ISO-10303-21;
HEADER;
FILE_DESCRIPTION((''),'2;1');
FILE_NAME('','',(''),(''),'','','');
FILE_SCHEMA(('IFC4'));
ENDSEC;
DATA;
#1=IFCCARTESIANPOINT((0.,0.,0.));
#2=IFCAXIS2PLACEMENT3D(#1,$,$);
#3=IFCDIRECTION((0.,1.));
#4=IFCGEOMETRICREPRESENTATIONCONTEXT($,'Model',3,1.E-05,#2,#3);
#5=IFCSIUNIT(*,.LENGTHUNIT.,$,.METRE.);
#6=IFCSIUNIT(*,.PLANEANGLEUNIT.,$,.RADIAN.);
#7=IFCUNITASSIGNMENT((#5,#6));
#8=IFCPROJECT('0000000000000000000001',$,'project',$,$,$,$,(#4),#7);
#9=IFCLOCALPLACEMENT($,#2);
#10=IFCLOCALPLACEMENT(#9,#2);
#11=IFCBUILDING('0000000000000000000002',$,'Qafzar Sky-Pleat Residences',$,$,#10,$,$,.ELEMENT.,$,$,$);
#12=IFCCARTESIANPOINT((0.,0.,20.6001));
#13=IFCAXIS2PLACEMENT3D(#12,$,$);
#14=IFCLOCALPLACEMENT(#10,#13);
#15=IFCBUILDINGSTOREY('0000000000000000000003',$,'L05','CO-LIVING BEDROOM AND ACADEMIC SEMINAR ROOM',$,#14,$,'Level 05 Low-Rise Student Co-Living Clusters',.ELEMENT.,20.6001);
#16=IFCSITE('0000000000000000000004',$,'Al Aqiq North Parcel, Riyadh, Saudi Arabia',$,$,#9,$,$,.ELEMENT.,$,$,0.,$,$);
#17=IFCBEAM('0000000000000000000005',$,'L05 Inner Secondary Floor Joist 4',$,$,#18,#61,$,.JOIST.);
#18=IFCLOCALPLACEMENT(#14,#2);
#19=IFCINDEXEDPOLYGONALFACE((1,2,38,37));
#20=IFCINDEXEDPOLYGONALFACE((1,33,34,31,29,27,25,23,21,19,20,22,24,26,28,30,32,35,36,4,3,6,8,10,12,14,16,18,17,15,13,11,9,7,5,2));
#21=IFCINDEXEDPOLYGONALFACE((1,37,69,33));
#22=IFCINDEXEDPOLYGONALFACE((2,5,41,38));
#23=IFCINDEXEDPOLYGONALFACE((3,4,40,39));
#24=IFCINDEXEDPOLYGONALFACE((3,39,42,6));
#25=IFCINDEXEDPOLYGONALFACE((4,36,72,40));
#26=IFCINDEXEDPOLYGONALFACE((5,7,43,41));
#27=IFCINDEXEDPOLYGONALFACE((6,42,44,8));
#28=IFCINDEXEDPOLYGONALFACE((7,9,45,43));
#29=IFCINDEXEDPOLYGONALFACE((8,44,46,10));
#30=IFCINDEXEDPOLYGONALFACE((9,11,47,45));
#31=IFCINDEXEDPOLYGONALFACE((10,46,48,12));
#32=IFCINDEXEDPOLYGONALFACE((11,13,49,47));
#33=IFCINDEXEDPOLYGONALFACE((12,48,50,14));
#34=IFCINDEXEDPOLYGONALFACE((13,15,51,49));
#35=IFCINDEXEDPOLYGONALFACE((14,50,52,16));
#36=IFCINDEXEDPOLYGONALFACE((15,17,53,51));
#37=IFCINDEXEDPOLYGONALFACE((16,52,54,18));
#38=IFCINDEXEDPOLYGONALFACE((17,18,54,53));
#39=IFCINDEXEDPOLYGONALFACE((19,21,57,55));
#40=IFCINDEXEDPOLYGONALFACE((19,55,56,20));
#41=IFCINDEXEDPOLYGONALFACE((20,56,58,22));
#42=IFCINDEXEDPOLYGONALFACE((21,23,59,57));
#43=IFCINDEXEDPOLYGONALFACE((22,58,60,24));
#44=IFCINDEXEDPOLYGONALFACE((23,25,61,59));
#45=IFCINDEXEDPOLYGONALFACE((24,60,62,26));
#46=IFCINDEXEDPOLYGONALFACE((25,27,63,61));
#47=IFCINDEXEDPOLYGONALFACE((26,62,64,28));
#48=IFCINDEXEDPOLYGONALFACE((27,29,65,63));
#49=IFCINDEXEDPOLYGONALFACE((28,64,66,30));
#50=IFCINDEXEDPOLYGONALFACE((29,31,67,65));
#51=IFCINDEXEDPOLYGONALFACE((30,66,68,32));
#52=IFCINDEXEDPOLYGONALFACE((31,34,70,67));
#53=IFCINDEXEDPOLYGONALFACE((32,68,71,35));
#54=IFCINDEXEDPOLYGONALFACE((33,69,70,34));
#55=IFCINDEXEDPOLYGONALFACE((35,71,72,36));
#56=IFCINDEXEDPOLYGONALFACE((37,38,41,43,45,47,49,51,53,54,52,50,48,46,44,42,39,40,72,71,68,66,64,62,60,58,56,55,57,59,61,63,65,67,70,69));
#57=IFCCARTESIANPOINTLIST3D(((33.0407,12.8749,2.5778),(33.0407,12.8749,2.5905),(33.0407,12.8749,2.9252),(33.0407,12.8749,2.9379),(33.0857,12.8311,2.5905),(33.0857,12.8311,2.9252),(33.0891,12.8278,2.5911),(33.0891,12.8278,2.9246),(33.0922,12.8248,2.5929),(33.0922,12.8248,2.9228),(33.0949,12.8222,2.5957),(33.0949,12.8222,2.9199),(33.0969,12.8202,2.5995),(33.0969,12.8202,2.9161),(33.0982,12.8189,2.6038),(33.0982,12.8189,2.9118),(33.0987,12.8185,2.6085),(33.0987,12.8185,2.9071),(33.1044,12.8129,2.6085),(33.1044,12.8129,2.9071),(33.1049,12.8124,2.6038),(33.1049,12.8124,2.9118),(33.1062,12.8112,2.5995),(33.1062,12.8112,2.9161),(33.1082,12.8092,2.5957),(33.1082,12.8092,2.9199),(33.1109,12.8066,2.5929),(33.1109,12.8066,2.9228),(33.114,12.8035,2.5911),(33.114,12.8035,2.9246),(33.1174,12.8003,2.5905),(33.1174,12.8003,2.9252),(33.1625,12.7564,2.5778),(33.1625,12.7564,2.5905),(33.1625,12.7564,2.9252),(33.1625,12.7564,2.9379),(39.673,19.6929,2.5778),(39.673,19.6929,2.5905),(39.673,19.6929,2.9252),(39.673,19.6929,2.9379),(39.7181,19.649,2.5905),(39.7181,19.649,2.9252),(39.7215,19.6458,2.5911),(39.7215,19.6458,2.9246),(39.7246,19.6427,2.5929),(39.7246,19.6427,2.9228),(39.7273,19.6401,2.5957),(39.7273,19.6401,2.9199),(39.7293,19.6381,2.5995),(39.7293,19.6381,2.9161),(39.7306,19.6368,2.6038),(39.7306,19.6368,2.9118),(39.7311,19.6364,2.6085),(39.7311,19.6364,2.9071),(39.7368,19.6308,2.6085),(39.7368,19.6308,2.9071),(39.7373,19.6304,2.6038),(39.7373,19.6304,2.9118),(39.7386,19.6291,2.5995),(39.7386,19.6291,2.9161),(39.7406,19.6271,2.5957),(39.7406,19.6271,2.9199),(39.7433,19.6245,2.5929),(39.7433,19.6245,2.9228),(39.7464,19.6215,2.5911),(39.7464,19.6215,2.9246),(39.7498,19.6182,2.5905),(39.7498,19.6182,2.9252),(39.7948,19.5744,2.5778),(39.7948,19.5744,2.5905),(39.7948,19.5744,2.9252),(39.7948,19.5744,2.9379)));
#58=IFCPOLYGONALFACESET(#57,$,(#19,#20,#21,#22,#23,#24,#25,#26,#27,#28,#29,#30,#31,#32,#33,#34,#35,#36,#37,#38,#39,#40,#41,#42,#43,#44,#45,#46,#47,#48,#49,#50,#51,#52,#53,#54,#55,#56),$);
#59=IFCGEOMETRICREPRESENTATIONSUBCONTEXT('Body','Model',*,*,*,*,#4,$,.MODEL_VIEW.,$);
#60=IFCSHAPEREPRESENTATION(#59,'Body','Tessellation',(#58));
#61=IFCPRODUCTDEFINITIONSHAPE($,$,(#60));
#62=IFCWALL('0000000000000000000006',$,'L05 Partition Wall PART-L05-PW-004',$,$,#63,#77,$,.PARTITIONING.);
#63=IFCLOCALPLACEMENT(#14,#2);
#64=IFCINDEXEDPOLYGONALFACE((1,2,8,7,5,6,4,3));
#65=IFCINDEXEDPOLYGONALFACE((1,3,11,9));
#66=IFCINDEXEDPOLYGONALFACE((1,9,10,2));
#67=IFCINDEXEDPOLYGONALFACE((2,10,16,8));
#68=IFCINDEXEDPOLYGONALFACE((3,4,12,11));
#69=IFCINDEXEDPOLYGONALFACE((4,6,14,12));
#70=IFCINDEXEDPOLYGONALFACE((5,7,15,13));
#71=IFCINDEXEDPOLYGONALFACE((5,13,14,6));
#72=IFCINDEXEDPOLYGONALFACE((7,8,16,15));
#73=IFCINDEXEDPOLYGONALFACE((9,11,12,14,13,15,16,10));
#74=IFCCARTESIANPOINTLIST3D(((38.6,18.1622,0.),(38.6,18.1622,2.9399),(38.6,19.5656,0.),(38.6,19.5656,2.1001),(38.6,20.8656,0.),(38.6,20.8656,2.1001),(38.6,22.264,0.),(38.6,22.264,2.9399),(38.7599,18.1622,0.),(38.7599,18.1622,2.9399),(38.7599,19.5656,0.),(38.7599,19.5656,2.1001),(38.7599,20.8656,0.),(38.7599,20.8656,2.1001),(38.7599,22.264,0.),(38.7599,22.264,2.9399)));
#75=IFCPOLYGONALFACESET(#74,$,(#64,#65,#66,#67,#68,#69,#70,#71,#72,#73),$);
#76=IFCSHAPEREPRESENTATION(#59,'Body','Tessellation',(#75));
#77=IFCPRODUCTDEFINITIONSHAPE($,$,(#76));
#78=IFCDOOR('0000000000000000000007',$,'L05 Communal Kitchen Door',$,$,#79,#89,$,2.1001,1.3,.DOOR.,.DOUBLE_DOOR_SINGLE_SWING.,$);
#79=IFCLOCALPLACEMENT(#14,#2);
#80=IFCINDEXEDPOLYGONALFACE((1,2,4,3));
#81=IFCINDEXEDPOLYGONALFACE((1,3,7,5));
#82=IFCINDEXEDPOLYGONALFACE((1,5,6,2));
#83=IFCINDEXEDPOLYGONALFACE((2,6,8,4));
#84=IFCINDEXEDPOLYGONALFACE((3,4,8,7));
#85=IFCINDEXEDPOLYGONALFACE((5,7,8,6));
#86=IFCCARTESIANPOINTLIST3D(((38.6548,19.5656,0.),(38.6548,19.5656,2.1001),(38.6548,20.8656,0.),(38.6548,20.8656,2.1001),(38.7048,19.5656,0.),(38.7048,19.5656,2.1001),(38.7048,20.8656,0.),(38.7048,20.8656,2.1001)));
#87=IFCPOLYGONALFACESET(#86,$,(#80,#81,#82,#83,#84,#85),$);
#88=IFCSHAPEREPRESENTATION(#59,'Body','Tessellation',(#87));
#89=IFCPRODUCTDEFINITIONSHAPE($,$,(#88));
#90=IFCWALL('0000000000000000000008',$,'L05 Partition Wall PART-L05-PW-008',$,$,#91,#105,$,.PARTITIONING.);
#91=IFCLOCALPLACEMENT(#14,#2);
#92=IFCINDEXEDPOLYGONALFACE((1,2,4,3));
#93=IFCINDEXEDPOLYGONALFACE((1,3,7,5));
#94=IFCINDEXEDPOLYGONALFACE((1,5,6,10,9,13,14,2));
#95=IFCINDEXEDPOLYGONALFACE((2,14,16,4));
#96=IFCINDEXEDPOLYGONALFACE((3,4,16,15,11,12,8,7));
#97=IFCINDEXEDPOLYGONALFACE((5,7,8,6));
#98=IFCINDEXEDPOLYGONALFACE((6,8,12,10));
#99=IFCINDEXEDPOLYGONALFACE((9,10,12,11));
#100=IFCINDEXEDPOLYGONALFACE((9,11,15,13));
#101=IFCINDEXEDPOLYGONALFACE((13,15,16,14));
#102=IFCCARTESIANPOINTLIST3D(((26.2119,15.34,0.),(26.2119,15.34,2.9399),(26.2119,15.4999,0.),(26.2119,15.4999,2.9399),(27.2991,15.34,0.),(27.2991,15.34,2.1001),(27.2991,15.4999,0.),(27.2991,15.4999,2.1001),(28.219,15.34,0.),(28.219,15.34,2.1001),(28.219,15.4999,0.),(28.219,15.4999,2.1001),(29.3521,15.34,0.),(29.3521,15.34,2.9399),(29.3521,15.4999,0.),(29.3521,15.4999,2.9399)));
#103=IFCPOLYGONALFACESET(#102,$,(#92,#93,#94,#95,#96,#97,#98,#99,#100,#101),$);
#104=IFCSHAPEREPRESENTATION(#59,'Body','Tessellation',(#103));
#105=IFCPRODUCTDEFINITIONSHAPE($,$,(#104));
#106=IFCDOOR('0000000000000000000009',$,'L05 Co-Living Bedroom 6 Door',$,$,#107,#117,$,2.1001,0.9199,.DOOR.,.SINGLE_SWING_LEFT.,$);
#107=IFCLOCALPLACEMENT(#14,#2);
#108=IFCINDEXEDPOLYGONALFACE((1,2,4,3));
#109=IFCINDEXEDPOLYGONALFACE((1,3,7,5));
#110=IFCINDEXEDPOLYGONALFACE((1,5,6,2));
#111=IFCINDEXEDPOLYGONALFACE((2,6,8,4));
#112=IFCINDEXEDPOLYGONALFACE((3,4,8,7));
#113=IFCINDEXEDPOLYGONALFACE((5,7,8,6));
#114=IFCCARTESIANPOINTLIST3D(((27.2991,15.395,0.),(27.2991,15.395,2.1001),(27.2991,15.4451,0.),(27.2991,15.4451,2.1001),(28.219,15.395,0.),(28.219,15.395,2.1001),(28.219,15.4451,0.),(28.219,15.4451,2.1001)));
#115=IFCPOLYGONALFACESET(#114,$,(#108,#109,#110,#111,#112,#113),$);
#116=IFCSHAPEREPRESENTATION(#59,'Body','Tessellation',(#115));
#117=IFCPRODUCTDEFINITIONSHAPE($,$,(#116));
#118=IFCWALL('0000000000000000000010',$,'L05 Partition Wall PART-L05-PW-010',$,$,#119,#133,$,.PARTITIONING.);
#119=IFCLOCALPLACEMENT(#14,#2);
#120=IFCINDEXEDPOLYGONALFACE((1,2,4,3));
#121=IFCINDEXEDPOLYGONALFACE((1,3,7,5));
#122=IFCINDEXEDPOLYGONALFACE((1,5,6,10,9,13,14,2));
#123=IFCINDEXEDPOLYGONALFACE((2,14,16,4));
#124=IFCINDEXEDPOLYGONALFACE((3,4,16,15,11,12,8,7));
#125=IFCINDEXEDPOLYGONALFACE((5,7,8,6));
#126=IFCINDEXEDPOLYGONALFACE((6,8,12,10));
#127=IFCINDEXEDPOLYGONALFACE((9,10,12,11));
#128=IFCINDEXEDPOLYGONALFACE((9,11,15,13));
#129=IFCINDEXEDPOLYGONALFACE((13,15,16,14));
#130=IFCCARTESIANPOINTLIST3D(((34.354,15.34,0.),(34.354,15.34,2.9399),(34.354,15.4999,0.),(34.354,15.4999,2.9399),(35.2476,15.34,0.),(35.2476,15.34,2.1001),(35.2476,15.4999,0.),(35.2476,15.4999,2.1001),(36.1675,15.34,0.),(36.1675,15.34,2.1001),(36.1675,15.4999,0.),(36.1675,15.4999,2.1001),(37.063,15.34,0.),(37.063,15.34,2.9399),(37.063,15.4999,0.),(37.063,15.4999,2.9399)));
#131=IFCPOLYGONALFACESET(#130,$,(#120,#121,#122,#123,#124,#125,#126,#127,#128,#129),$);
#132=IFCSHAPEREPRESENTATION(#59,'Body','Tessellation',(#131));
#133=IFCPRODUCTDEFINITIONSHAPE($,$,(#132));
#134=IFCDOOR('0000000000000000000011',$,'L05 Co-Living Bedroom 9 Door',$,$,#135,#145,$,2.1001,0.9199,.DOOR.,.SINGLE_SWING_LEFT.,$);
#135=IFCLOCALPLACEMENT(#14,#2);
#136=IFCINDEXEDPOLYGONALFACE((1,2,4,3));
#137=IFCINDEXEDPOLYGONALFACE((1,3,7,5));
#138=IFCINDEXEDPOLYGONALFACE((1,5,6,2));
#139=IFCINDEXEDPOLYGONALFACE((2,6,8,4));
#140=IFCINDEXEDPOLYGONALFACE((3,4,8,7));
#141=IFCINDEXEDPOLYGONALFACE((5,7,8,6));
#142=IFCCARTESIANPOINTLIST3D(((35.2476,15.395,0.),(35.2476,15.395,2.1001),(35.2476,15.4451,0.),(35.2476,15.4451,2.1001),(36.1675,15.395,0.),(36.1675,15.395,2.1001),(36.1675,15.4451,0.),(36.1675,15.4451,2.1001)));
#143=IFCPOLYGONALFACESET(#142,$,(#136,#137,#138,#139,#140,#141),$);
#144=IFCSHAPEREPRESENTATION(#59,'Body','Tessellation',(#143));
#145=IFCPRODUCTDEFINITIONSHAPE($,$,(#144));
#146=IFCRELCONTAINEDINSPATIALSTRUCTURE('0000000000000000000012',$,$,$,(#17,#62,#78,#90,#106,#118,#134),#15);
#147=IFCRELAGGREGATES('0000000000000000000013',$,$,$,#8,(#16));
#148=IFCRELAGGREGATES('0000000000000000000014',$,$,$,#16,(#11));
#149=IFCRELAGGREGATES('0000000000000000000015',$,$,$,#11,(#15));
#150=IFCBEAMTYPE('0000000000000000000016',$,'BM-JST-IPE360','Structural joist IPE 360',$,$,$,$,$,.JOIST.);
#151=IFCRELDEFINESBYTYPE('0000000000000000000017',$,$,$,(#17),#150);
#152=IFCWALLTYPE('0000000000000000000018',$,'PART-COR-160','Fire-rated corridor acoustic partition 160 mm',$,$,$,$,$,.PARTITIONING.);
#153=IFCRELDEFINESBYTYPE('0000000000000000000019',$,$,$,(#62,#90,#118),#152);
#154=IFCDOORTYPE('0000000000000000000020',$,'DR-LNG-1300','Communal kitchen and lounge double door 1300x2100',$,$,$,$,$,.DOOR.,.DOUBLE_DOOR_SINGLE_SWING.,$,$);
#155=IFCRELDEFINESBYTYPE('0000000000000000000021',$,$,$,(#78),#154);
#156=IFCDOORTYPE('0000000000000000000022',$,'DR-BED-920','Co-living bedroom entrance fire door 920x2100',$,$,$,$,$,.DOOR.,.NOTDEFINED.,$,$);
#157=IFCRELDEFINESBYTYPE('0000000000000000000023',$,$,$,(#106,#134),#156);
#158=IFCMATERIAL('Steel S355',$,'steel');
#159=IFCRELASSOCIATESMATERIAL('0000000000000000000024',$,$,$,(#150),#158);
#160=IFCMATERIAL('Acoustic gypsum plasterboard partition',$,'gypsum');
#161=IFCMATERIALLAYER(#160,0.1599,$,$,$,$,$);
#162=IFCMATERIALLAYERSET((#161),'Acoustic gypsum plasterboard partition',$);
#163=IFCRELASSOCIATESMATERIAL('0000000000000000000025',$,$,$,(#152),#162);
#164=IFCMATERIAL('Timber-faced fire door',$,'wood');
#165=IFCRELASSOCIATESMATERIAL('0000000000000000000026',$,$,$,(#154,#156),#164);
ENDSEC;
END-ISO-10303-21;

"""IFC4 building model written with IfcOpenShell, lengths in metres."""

from ifc_helpers import new_model, si_unit, direction, frame, frame_2d, origin, origin_2d, place, context, subcontext, project, spatial, rectangle, i_section, extrude, source, transform, mapped, material, layer, layer_set, material_profile, profile_set, type_object, element, fill, save


model = new_model("IFC4")

# Units and contexts
model_context = context("Model", 3, precision=1e-05, world=origin(), true_north=direction((0.0, 1.0)))
body_context = subcontext(model_context, "Body", "Model", "MODEL_VIEW")
ifc_project = project(units=[si_unit("LENGTHUNIT", "METRE"), si_unit("PLANEANGLEUNIT", "RADIAN")], contexts=[model_context])

# Site, building, storey
site_placement = place(None, origin())
site = spatial("IfcSite", under=ifc_project, at=site_placement, Name="Al Aqiq North Parcel, Riyadh, Saudi Arabia", CompositionType="ELEMENT", RefElevation=0.0)
building_placement = place(site_placement, origin())
building = spatial("IfcBuilding", under=site, at=building_placement, Name="Qafzar Sky-Pleat Residences", CompositionType="ELEMENT")
storey_placement = place(building_placement, frame((0.0, 0.0, 20.6001)))
storey = spatial("IfcBuildingStorey", under=building, at=storey_placement, Name="L05", Description="CO-LIVING BEDROOM AND ACADEMIC SEMINAR ROOM", LongName="Level 05 Low-Rise Student Co-Living Clusters", CompositionType="ELEMENT", Elevation=20.6001)

# Beam
ifc_material_1 = material(Name="Steel S355", Category="steel")
ifc_material_profile = material_profile(ifc_material_1, i_section(OverallWidth=0.1699, OverallDepth=0.3601, WebThickness=0.0081, FlangeThickness=0.0127, FilletRadius=0.0181, at=origin_2d()), Name="IPE 360")
ifc_profile_set = profile_set([ifc_material_profile], Name="Steel S355")
beam_type = type_object("IfcBeamType", Name="BM-JST-IPE360", Description="Structural joist IPE 360", PredefinedType="JOIST", material=ifc_profile_set)
shared_shape_1 = source(origin(), body_context, "Body", "SweptSolid", [
    extrude(i_section(OverallWidth=0.1699, OverallDepth=0.3601, WebThickness=0.0081, FlangeThickness=0.0127, FilletRadius=0.0181, at=origin_2d()), origin(), (0.0, 0.0, 1.0), 9.5117),
])
beam_placement = place(storey_placement, frame((33.1016, 12.8157, 2.7578), z_axis=(0.697286, 0.716793, 0.0), x_axis=(-0.716793, 0.697286, 0.0)))
element("IfcBeam", 1, at=beam_placement, inside=storey, type_object=beam_type, Name="L05 Inner Secondary Floor Joist 4", PredefinedType="JOIST", context=body_context, shape_type="MappedRepresentation", body=[
    mapped(shared_shape_1, transform((0.0, 0.0, 0.0), x_axis=(1.0, 0.0, 0.0), y_axis=(0.0, 1.0, 0.0), z_axis=(0.0, 0.0, 1.0), scale=1.0)),
])

# Walls, openings, doors
ifc_material_2 = material(Name="Acoustic gypsum plasterboard partition", Category="gypsum")
ifc_layer_1 = layer(ifc_material_2, 0.1599)
ifc_layer_set_1 = layer_set([ifc_layer_1], Name="Acoustic gypsum plasterboard partition")
wall_type_1 = type_object("IfcWallType", Name="PART-COR-160", Description="Fire-rated corridor acoustic partition 160 mm", PredefinedType="PARTITIONING", material=ifc_layer_set_1)
wall_1_placement = place(storey_placement, frame((38.6799, 22.2639, 0.0), z_axis=(0.0, 0.0, 1.0), x_axis=(0.0, -1.0, 0.0)))
wall_1 = element("IfcWall", 2, at=wall_1_placement, inside=storey, type_object=wall_type_1, Name="L05 Partition Wall PART-L05-PW-004", PredefinedType="PARTITIONING", context=body_context, shape_type="SweptSolid", body=[
    extrude(rectangle(XDim=4.1018, YDim=0.1599, at=frame_2d((2.0508, 0.0))), origin(), (0.0, 0.0, 1.0), 2.9399),
])
opening_1_placement = place(wall_1_placement, frame((1.3984, 0.0, 0.0)))
opening_1 = element("IfcOpeningElement", 3, at=opening_1_placement, cuts=wall_1, PredefinedType="OPENING", context=body_context, shape_type="SweptSolid", body=[
    extrude(rectangle(XDim=1.3, YDim=2.1001, at=frame_2d((0.6499, 1.05))), frame((0.0, 0.0898, 0.0), z_axis=(0.0, -1.0, 0.0), x_axis=(1.0, 0.0, 0.0)), (0.0, 0.0, 1.0), 0.1799),
])
ifc_material_3 = material(Name="Timber-faced fire door", Category="wood")
door_type_1 = type_object("IfcDoorType", Name="DR-LNG-1300", Description="Communal kitchen and lounge double door 1300x2100", OperationType="DOUBLE_DOOR_SINGLE_SWING", PredefinedType="DOOR", material=ifc_material_3)
shared_shape_2 = source(origin(), body_context, "Body", "SweptSolid", [
    extrude(rectangle(XDim=1.3, YDim=2.1001, at=frame_2d((0.6499, 1.05))), frame((0.0, 0.0249, 0.0), z_axis=(0.0, -1.0, 0.0), x_axis=(1.0, 0.0, 0.0)), (0.0, 0.0, 1.0), 0.05),
])
door_1_placement = place(opening_1_placement, origin())
door_1 = element("IfcDoor", 4, at=door_1_placement, inside=storey, type_object=door_type_1, Name="L05 Communal Kitchen Door", OperationType="DOUBLE_DOOR_SINGLE_SWING", OverallHeight=2.1001, OverallWidth=1.3, PredefinedType="DOOR", context=body_context, shape_type="MappedRepresentation", body=[
    mapped(shared_shape_2, transform((0.0, 0.0, 0.0), x_axis=(1.0, 0.0, 0.0), y_axis=(0.0, 1.0, 0.0), z_axis=(0.0, 0.0, 1.0), scale=1.0)),
])
fill(opening_1, door_1)
wall_2_placement = place(storey_placement, frame((29.3521, 15.4199, 0.0), z_axis=(0.0, 0.0, 1.0), x_axis=(-1.0, 0.0, 0.0)))
wall_2 = element("IfcWall", 5, at=wall_2_placement, inside=storey, type_object=wall_type_1, Name="L05 Partition Wall PART-L05-PW-008", PredefinedType="PARTITIONING", context=body_context, shape_type="SweptSolid", body=[
    extrude(rectangle(XDim=3.1401, YDim=0.1599, at=frame_2d((1.5701, 0.0))), origin(), (0.0, 0.0, 1.0), 2.9399),
])
opening_2_placement = place(wall_2_placement, frame((1.1331, 0.0, 0.0)))
opening_2 = element("IfcOpeningElement", 6, at=opening_2_placement, cuts=wall_2, PredefinedType="OPENING", context=body_context, shape_type="SweptSolid", body=[
    extrude(rectangle(XDim=0.9199, YDim=2.1001, at=frame_2d((0.46, 1.05))), frame((0.0, 0.0898, 0.0), z_axis=(0.0, -1.0, 0.0), x_axis=(1.0, 0.0, 0.0)), (0.0, 0.0, 1.0), 0.1799),
])
door_type_2 = type_object("IfcDoorType", Name="DR-BED-920", Description="Co-living bedroom entrance fire door 920x2100", OperationType="NOTDEFINED", PredefinedType="DOOR", material=ifc_material_3)
shared_shape_3 = source(origin(), body_context, "Body", "SweptSolid", [
    extrude(rectangle(XDim=0.9199, YDim=2.1001, at=frame_2d((0.46, 1.05))), frame((0.0, 0.0249, 0.0), z_axis=(0.0, -1.0, 0.0), x_axis=(1.0, 0.0, 0.0)), (0.0, 0.0, 1.0), 0.05),
])
door_2_placement = place(opening_2_placement, origin())
door_2 = element("IfcDoor", 7, at=door_2_placement, inside=storey, type_object=door_type_2, Name="L05 Co-Living Bedroom 6 Door", OperationType="SINGLE_SWING_LEFT", OverallHeight=2.1001, OverallWidth=0.9199, PredefinedType="DOOR", context=body_context, shape_type="MappedRepresentation", body=[
    mapped(shared_shape_3, transform((0.0, 0.0, 0.0), x_axis=(1.0, 0.0, 0.0), y_axis=(0.0, 1.0, 0.0), z_axis=(0.0, 0.0, 1.0), scale=1.0)),
])
fill(opening_2, door_2)
wall_3_placement = place(storey_placement, frame((37.063, 15.4199, 0.0), z_axis=(0.0, 0.0, 1.0), x_axis=(-1.0, 0.0, 0.0)))
wall_3 = element("IfcWall", 8, at=wall_3_placement, inside=storey, type_object=wall_type_1, Name="L05 Partition Wall PART-L05-PW-010", PredefinedType="PARTITIONING", context=body_context, shape_type="SweptSolid", body=[
    extrude(rectangle(XDim=2.709, YDim=0.1599, at=frame_2d((1.3545, 0.0))), origin(), (0.0, 0.0, 1.0), 2.9399),
])
opening_3_placement = place(wall_3_placement, frame((0.8955, 0.0, 0.0)))
opening_3 = element("IfcOpeningElement", 9, at=opening_3_placement, cuts=wall_3, PredefinedType="OPENING", context=body_context, shape_type="SweptSolid", body=[
    extrude(rectangle(XDim=0.9199, YDim=2.1001, at=frame_2d((0.46, 1.05))), frame((0.0, 0.0898, 0.0), z_axis=(0.0, -1.0, 0.0), x_axis=(1.0, 0.0, 0.0)), (0.0, 0.0, 1.0), 0.1799),
])
door_3_placement = place(opening_3_placement, origin())
door_3 = element("IfcDoor", 10, at=door_3_placement, inside=storey, type_object=door_type_2, Name="L05 Co-Living Bedroom 9 Door", OperationType="SINGLE_SWING_LEFT", OverallHeight=2.1001, OverallWidth=0.9199, PredefinedType="DOOR", context=body_context, shape_type="MappedRepresentation", body=[
    mapped(shared_shape_3, transform((0.0, 0.0, 0.0), x_axis=(1.0, 0.0, 0.0), y_axis=(0.0, 1.0, 0.0), z_axis=(0.0, 0.0, 1.0), scale=1.0)),
])
fill(opening_3, door_3)

save(model, "model.ifc")
